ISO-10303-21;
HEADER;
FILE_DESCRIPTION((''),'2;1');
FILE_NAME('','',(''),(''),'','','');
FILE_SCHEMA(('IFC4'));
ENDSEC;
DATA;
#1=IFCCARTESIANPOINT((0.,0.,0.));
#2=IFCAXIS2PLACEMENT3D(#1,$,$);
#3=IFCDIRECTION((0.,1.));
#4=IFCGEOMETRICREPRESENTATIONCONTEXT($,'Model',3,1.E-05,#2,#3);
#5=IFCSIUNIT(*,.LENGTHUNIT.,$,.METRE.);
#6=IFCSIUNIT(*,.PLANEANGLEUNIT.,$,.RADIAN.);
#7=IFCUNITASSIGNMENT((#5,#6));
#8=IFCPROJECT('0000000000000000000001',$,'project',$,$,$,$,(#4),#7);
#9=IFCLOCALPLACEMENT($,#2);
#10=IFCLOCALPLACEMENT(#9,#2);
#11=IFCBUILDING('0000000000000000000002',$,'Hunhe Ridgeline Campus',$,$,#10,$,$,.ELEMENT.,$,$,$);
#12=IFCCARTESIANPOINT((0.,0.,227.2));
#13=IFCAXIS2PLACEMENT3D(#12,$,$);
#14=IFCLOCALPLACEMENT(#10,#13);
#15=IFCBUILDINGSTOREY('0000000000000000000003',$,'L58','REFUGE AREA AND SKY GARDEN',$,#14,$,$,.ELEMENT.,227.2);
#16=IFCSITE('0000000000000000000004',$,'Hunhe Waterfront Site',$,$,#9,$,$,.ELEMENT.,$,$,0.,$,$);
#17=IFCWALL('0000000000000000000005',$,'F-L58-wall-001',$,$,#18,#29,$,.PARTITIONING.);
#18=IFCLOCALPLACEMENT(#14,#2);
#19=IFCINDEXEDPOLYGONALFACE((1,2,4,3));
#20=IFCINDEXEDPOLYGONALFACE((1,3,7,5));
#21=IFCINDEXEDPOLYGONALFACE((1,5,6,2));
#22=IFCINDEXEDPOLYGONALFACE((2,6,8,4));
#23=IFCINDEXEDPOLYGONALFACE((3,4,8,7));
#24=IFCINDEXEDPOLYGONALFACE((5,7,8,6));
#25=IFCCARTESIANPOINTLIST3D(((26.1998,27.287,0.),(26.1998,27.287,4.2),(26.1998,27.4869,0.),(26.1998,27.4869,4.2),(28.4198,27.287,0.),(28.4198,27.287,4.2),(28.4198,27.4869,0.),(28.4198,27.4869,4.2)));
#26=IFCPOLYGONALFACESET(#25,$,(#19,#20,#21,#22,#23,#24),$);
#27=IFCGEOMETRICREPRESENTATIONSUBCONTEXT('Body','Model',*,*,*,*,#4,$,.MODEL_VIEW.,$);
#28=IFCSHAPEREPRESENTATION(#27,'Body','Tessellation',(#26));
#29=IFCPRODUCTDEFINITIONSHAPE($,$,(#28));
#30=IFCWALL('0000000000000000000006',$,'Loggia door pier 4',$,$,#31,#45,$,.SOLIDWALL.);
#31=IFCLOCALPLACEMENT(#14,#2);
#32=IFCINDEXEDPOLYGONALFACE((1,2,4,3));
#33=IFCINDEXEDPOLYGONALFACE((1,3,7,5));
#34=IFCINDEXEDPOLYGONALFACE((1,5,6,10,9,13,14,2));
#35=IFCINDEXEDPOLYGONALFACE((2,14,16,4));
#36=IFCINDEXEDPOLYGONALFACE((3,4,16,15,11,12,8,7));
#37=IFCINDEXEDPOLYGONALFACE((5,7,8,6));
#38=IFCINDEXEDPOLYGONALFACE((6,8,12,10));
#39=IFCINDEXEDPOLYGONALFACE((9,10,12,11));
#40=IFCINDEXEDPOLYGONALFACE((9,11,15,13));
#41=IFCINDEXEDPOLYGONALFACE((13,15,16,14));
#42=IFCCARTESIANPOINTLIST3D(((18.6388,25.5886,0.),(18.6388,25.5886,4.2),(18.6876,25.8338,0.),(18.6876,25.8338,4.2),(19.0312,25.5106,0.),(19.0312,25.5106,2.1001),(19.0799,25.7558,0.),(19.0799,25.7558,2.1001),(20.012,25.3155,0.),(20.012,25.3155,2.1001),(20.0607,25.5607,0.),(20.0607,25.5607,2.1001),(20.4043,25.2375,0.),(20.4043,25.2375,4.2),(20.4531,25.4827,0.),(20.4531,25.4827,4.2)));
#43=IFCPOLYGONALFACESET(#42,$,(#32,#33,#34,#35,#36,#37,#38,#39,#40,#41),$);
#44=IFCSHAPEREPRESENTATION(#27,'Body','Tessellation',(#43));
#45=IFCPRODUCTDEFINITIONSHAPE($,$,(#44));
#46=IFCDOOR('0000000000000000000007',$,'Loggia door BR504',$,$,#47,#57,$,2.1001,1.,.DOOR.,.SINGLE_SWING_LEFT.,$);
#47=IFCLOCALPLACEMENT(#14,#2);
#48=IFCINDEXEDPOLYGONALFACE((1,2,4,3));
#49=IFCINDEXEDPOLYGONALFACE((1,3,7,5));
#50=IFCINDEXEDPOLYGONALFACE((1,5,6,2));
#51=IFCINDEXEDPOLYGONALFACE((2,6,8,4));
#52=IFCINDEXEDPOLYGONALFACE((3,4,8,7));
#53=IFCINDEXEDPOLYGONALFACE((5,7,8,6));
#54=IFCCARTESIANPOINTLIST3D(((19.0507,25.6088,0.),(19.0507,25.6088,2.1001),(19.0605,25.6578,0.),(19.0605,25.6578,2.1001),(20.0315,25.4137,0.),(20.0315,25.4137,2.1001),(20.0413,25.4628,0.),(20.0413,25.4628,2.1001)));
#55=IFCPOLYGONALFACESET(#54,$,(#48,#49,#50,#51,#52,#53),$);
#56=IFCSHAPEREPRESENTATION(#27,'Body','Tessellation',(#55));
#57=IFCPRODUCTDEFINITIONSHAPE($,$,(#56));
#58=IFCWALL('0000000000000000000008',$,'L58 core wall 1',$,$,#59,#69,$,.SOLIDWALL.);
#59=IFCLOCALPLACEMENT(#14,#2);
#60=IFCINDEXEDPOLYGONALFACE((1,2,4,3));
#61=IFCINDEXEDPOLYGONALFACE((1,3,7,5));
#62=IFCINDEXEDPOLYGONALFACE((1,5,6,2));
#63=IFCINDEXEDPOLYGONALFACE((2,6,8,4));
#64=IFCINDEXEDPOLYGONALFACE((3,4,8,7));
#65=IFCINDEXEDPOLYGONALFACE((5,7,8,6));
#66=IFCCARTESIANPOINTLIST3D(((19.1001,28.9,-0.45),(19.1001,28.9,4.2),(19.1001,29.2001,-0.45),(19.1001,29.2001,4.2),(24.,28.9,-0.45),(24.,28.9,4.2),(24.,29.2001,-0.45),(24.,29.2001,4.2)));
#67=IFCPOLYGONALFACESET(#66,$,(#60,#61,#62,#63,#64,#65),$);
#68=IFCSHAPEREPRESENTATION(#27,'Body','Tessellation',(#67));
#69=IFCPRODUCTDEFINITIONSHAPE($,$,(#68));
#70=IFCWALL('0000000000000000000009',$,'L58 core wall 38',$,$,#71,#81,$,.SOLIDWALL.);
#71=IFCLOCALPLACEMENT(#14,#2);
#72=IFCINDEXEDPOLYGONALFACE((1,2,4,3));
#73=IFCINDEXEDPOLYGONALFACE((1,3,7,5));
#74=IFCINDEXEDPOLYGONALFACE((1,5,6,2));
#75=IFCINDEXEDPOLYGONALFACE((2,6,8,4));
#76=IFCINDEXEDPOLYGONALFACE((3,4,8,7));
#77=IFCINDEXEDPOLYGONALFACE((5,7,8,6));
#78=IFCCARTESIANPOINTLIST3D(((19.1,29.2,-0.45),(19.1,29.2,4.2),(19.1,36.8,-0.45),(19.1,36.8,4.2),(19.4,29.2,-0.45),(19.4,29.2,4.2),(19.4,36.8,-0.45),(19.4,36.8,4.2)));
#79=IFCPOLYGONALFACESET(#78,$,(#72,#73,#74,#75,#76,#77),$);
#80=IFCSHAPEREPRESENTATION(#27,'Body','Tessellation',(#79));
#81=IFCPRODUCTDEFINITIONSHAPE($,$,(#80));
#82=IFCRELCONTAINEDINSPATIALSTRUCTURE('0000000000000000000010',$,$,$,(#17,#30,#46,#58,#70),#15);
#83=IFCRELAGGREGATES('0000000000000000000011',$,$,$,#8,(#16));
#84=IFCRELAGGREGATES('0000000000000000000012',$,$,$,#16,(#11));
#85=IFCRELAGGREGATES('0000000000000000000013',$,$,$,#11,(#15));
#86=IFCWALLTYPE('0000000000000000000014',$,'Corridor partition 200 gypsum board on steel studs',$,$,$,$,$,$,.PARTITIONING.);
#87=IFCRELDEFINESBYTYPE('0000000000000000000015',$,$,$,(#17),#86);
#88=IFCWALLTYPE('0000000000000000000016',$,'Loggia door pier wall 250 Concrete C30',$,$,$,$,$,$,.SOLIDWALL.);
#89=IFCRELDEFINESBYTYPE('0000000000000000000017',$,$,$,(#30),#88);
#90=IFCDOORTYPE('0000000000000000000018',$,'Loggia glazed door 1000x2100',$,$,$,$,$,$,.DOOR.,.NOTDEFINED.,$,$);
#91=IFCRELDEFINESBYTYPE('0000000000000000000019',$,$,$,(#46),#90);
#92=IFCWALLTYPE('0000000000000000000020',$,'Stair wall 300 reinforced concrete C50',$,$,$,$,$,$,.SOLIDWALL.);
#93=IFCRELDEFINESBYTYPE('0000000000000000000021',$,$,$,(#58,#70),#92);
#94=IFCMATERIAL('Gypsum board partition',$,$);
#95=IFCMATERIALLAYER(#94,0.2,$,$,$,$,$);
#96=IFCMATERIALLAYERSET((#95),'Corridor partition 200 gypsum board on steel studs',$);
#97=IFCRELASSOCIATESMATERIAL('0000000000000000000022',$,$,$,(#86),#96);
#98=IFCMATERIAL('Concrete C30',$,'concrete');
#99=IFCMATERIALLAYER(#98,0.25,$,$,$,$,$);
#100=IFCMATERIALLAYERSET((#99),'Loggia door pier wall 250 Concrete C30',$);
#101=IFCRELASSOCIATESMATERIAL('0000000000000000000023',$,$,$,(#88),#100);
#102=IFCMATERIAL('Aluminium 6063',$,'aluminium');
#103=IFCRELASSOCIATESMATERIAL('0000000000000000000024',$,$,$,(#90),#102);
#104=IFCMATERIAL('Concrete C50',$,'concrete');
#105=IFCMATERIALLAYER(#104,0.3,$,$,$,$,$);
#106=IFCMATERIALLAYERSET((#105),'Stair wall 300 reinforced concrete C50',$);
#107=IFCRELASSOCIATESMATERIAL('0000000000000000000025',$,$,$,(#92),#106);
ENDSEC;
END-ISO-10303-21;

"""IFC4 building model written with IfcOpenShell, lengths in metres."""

from ifc_helpers import new_model, si_unit, direction, frame, frame_2d, origin, place, context, subcontext, project, spatial, rectangle, extrude, material, layer, layer_set, type_object, element, fill, save


model = new_model("IFC4")

# Units and contexts
model_context = context("Model", 3, precision=1e-05, world=origin(), true_north=direction((0.0, 1.0)))
body_context = subcontext(model_context, "Body", "Model", "MODEL_VIEW")
ifc_project = project(units=[si_unit("LENGTHUNIT", "METRE"), si_unit("PLANEANGLEUNIT", "RADIAN")], contexts=[model_context])

# Site, building, storey
site_placement = place(None, origin())
site = spatial("IfcSite", under=ifc_project, at=site_placement, Name="Hunhe Waterfront Site", CompositionType="ELEMENT", RefElevation=0.0)
building_placement = place(site_placement, origin())
building = spatial("IfcBuilding", under=site, at=building_placement, Name="Hunhe Ridgeline Campus", CompositionType="ELEMENT")
storey_placement = place(building_placement, frame((0.0, 0.0, 227.2)))
storey = spatial("IfcBuildingStorey", under=building, at=storey_placement, Name="L58", Description="REFUGE AREA AND SKY GARDEN", CompositionType="ELEMENT", Elevation=227.2)

# Shared definitions
ifc_material_1 = material(Name="Aluminium 6063", Category="aluminium")

# Wall
ifc_material_2 = material(Name="Gypsum board partition")
ifc_layer_1 = layer(ifc_material_2, 0.2)
ifc_layer_set_1 = layer_set([ifc_layer_1], Name="Corridor partition 200 gypsum board on steel studs")
wall_type_1 = type_object("IfcWallType", Name="Corridor partition 200 gypsum board on steel studs", PredefinedType="PARTITIONING", material=ifc_layer_set_1)
wall_1_placement = place(storey_placement, frame((26.2, 27.387, 0.0), z_axis=(0.0, 0.0, 1.0), x_axis=(1.0, 0.0, 0.0)))
element("IfcWall", 1, at=wall_1_placement, inside=storey, type_object=wall_type_1, Name="F-L58-wall-001", PredefinedType="PARTITIONING", context=body_context, shape_type="SweptSolid", body=[
    extrude(rectangle(XDim=2.22, YDim=0.2, at=frame_2d((1.1099, 0.0))), origin(), (0.0, 0.0, 1.0), 4.2),
])

# Wall, opening, door
ifc_material_3 = material(Name="Concrete C30", Category="concrete")
ifc_layer_2 = layer(ifc_material_3, 0.25)
ifc_layer_set_2 = layer_set([ifc_layer_2], Name="Loggia door pier wall 250 Concrete C30")
wall_type_2 = type_object("IfcWallType", Name="Loggia door pier wall 250 Concrete C30", PredefinedType="SOLIDWALL", material=ifc_layer_set_2)
wall_2_placement = place(storey_placement, frame((18.6633, 25.7112, 0.0), z_axis=(0.0, 0.0, 1.0), x_axis=(0.980794, -0.195047, 0.0)))
wall_2 = element("IfcWall", 2, at=wall_2_placement, inside=storey, type_object=wall_type_2, Name="Loggia door pier 4", PredefinedType="SOLIDWALL", context=body_context, shape_type="SweptSolid", body=[
    extrude(rectangle(XDim=1.8, YDim=0.25, at=frame_2d((0.8999, 0.0))), origin(), (0.0, 0.0, 1.0), 4.2),
])
opening_1_placement = place(wall_2_placement, frame((0.3999, 0.0, 0.0)))
opening_1 = element("IfcOpeningElement", 3, at=opening_1_placement, cuts=wall_2, PredefinedType="OPENING", context=body_context, shape_type="SweptSolid", body=[
    extrude(rectangle(XDim=1.0, YDim=2.1001, at=frame_2d((0.5, 1.05))), frame((0.0, 0.125, 0.0), z_axis=(0.0, -1.0, 0.0), x_axis=(1.0, 0.0, 0.0)), (0.0, 0.0, 1.0), 0.25),
])
door_type_1 = type_object("IfcDoorType", Name="Loggia glazed door 1000x2100", OperationType="NOTDEFINED", PredefinedType="DOOR", material=ifc_material_1)
door_1_placement = place(opening_1_placement, frame((1.0, 0.0, 0.0), z_axis=(0.0, 0.0, 1.0), x_axis=(-1.0, 0.0, 0.0)))
door_1 = element("IfcDoor", 4, at=door_1_placement, inside=storey, type_object=door_type_1, Name="Loggia door BR504", OperationType="SINGLE_SWING_LEFT", OverallHeight=2.1001, OverallWidth=1.0, PredefinedType="DOOR", context=body_context, shape_type="SweptSolid", body=[
    extrude(rectangle(XDim=1.0, YDim=2.1001, at=frame_2d((0.5, 1.05))), frame((0.0, 0.0249, 0.0), z_axis=(0.0, -1.0, 0.0), x_axis=(1.0, 0.0, 0.0)), (0.0, 0.0, 1.0), 0.05),
])
fill(opening_1, door_1)

# Walls
ifc_material_4 = material(Name="Concrete C50", Category="concrete")
ifc_layer_3 = layer(ifc_material_4, 0.3)
ifc_layer_set_3 = layer_set([ifc_layer_3], Name="Stair wall 300 reinforced concrete C50")
wall_type_3 = type_object("IfcWallType", Name="Stair wall 300 reinforced concrete C50", PredefinedType="SOLIDWALL", material=ifc_layer_set_3)
wall_3_placement = place(storey_placement, frame((19.1001, 29.05, -0.45), z_axis=(0.0, 0.0, 1.0), x_axis=(1.0, 0.0, 0.0)))
element("IfcWall", 5, at=wall_3_placement, inside=storey, type_object=wall_type_3, Name="L58 core wall 1", PredefinedType="SOLIDWALL", context=body_context, shape_type="SweptSolid", body=[
    extrude(rectangle(XDim=4.8999, YDim=0.3, at=frame_2d((2.45, 0.0))), origin(), (0.0, 0.0, 1.0), 4.6499),
])
wall_4_placement = place(storey_placement, frame((19.25, 29.2, -0.45), z_axis=(0.0, 0.0, 1.0), x_axis=(0.0, 1.0, 0.0)))
element("IfcWall", 6, at=wall_4_placement, inside=storey, type_object=wall_type_3, Name="L58 core wall 38", PredefinedType="SOLIDWALL", context=body_context, shape_type="SweptSolid", body=[
    extrude(rectangle(XDim=7.6001, YDim=0.3, at=frame_2d((3.8, 0.0))), origin(), (0.0, 0.0, 1.0), 4.6499),
])

save(model, "model.ifc")
